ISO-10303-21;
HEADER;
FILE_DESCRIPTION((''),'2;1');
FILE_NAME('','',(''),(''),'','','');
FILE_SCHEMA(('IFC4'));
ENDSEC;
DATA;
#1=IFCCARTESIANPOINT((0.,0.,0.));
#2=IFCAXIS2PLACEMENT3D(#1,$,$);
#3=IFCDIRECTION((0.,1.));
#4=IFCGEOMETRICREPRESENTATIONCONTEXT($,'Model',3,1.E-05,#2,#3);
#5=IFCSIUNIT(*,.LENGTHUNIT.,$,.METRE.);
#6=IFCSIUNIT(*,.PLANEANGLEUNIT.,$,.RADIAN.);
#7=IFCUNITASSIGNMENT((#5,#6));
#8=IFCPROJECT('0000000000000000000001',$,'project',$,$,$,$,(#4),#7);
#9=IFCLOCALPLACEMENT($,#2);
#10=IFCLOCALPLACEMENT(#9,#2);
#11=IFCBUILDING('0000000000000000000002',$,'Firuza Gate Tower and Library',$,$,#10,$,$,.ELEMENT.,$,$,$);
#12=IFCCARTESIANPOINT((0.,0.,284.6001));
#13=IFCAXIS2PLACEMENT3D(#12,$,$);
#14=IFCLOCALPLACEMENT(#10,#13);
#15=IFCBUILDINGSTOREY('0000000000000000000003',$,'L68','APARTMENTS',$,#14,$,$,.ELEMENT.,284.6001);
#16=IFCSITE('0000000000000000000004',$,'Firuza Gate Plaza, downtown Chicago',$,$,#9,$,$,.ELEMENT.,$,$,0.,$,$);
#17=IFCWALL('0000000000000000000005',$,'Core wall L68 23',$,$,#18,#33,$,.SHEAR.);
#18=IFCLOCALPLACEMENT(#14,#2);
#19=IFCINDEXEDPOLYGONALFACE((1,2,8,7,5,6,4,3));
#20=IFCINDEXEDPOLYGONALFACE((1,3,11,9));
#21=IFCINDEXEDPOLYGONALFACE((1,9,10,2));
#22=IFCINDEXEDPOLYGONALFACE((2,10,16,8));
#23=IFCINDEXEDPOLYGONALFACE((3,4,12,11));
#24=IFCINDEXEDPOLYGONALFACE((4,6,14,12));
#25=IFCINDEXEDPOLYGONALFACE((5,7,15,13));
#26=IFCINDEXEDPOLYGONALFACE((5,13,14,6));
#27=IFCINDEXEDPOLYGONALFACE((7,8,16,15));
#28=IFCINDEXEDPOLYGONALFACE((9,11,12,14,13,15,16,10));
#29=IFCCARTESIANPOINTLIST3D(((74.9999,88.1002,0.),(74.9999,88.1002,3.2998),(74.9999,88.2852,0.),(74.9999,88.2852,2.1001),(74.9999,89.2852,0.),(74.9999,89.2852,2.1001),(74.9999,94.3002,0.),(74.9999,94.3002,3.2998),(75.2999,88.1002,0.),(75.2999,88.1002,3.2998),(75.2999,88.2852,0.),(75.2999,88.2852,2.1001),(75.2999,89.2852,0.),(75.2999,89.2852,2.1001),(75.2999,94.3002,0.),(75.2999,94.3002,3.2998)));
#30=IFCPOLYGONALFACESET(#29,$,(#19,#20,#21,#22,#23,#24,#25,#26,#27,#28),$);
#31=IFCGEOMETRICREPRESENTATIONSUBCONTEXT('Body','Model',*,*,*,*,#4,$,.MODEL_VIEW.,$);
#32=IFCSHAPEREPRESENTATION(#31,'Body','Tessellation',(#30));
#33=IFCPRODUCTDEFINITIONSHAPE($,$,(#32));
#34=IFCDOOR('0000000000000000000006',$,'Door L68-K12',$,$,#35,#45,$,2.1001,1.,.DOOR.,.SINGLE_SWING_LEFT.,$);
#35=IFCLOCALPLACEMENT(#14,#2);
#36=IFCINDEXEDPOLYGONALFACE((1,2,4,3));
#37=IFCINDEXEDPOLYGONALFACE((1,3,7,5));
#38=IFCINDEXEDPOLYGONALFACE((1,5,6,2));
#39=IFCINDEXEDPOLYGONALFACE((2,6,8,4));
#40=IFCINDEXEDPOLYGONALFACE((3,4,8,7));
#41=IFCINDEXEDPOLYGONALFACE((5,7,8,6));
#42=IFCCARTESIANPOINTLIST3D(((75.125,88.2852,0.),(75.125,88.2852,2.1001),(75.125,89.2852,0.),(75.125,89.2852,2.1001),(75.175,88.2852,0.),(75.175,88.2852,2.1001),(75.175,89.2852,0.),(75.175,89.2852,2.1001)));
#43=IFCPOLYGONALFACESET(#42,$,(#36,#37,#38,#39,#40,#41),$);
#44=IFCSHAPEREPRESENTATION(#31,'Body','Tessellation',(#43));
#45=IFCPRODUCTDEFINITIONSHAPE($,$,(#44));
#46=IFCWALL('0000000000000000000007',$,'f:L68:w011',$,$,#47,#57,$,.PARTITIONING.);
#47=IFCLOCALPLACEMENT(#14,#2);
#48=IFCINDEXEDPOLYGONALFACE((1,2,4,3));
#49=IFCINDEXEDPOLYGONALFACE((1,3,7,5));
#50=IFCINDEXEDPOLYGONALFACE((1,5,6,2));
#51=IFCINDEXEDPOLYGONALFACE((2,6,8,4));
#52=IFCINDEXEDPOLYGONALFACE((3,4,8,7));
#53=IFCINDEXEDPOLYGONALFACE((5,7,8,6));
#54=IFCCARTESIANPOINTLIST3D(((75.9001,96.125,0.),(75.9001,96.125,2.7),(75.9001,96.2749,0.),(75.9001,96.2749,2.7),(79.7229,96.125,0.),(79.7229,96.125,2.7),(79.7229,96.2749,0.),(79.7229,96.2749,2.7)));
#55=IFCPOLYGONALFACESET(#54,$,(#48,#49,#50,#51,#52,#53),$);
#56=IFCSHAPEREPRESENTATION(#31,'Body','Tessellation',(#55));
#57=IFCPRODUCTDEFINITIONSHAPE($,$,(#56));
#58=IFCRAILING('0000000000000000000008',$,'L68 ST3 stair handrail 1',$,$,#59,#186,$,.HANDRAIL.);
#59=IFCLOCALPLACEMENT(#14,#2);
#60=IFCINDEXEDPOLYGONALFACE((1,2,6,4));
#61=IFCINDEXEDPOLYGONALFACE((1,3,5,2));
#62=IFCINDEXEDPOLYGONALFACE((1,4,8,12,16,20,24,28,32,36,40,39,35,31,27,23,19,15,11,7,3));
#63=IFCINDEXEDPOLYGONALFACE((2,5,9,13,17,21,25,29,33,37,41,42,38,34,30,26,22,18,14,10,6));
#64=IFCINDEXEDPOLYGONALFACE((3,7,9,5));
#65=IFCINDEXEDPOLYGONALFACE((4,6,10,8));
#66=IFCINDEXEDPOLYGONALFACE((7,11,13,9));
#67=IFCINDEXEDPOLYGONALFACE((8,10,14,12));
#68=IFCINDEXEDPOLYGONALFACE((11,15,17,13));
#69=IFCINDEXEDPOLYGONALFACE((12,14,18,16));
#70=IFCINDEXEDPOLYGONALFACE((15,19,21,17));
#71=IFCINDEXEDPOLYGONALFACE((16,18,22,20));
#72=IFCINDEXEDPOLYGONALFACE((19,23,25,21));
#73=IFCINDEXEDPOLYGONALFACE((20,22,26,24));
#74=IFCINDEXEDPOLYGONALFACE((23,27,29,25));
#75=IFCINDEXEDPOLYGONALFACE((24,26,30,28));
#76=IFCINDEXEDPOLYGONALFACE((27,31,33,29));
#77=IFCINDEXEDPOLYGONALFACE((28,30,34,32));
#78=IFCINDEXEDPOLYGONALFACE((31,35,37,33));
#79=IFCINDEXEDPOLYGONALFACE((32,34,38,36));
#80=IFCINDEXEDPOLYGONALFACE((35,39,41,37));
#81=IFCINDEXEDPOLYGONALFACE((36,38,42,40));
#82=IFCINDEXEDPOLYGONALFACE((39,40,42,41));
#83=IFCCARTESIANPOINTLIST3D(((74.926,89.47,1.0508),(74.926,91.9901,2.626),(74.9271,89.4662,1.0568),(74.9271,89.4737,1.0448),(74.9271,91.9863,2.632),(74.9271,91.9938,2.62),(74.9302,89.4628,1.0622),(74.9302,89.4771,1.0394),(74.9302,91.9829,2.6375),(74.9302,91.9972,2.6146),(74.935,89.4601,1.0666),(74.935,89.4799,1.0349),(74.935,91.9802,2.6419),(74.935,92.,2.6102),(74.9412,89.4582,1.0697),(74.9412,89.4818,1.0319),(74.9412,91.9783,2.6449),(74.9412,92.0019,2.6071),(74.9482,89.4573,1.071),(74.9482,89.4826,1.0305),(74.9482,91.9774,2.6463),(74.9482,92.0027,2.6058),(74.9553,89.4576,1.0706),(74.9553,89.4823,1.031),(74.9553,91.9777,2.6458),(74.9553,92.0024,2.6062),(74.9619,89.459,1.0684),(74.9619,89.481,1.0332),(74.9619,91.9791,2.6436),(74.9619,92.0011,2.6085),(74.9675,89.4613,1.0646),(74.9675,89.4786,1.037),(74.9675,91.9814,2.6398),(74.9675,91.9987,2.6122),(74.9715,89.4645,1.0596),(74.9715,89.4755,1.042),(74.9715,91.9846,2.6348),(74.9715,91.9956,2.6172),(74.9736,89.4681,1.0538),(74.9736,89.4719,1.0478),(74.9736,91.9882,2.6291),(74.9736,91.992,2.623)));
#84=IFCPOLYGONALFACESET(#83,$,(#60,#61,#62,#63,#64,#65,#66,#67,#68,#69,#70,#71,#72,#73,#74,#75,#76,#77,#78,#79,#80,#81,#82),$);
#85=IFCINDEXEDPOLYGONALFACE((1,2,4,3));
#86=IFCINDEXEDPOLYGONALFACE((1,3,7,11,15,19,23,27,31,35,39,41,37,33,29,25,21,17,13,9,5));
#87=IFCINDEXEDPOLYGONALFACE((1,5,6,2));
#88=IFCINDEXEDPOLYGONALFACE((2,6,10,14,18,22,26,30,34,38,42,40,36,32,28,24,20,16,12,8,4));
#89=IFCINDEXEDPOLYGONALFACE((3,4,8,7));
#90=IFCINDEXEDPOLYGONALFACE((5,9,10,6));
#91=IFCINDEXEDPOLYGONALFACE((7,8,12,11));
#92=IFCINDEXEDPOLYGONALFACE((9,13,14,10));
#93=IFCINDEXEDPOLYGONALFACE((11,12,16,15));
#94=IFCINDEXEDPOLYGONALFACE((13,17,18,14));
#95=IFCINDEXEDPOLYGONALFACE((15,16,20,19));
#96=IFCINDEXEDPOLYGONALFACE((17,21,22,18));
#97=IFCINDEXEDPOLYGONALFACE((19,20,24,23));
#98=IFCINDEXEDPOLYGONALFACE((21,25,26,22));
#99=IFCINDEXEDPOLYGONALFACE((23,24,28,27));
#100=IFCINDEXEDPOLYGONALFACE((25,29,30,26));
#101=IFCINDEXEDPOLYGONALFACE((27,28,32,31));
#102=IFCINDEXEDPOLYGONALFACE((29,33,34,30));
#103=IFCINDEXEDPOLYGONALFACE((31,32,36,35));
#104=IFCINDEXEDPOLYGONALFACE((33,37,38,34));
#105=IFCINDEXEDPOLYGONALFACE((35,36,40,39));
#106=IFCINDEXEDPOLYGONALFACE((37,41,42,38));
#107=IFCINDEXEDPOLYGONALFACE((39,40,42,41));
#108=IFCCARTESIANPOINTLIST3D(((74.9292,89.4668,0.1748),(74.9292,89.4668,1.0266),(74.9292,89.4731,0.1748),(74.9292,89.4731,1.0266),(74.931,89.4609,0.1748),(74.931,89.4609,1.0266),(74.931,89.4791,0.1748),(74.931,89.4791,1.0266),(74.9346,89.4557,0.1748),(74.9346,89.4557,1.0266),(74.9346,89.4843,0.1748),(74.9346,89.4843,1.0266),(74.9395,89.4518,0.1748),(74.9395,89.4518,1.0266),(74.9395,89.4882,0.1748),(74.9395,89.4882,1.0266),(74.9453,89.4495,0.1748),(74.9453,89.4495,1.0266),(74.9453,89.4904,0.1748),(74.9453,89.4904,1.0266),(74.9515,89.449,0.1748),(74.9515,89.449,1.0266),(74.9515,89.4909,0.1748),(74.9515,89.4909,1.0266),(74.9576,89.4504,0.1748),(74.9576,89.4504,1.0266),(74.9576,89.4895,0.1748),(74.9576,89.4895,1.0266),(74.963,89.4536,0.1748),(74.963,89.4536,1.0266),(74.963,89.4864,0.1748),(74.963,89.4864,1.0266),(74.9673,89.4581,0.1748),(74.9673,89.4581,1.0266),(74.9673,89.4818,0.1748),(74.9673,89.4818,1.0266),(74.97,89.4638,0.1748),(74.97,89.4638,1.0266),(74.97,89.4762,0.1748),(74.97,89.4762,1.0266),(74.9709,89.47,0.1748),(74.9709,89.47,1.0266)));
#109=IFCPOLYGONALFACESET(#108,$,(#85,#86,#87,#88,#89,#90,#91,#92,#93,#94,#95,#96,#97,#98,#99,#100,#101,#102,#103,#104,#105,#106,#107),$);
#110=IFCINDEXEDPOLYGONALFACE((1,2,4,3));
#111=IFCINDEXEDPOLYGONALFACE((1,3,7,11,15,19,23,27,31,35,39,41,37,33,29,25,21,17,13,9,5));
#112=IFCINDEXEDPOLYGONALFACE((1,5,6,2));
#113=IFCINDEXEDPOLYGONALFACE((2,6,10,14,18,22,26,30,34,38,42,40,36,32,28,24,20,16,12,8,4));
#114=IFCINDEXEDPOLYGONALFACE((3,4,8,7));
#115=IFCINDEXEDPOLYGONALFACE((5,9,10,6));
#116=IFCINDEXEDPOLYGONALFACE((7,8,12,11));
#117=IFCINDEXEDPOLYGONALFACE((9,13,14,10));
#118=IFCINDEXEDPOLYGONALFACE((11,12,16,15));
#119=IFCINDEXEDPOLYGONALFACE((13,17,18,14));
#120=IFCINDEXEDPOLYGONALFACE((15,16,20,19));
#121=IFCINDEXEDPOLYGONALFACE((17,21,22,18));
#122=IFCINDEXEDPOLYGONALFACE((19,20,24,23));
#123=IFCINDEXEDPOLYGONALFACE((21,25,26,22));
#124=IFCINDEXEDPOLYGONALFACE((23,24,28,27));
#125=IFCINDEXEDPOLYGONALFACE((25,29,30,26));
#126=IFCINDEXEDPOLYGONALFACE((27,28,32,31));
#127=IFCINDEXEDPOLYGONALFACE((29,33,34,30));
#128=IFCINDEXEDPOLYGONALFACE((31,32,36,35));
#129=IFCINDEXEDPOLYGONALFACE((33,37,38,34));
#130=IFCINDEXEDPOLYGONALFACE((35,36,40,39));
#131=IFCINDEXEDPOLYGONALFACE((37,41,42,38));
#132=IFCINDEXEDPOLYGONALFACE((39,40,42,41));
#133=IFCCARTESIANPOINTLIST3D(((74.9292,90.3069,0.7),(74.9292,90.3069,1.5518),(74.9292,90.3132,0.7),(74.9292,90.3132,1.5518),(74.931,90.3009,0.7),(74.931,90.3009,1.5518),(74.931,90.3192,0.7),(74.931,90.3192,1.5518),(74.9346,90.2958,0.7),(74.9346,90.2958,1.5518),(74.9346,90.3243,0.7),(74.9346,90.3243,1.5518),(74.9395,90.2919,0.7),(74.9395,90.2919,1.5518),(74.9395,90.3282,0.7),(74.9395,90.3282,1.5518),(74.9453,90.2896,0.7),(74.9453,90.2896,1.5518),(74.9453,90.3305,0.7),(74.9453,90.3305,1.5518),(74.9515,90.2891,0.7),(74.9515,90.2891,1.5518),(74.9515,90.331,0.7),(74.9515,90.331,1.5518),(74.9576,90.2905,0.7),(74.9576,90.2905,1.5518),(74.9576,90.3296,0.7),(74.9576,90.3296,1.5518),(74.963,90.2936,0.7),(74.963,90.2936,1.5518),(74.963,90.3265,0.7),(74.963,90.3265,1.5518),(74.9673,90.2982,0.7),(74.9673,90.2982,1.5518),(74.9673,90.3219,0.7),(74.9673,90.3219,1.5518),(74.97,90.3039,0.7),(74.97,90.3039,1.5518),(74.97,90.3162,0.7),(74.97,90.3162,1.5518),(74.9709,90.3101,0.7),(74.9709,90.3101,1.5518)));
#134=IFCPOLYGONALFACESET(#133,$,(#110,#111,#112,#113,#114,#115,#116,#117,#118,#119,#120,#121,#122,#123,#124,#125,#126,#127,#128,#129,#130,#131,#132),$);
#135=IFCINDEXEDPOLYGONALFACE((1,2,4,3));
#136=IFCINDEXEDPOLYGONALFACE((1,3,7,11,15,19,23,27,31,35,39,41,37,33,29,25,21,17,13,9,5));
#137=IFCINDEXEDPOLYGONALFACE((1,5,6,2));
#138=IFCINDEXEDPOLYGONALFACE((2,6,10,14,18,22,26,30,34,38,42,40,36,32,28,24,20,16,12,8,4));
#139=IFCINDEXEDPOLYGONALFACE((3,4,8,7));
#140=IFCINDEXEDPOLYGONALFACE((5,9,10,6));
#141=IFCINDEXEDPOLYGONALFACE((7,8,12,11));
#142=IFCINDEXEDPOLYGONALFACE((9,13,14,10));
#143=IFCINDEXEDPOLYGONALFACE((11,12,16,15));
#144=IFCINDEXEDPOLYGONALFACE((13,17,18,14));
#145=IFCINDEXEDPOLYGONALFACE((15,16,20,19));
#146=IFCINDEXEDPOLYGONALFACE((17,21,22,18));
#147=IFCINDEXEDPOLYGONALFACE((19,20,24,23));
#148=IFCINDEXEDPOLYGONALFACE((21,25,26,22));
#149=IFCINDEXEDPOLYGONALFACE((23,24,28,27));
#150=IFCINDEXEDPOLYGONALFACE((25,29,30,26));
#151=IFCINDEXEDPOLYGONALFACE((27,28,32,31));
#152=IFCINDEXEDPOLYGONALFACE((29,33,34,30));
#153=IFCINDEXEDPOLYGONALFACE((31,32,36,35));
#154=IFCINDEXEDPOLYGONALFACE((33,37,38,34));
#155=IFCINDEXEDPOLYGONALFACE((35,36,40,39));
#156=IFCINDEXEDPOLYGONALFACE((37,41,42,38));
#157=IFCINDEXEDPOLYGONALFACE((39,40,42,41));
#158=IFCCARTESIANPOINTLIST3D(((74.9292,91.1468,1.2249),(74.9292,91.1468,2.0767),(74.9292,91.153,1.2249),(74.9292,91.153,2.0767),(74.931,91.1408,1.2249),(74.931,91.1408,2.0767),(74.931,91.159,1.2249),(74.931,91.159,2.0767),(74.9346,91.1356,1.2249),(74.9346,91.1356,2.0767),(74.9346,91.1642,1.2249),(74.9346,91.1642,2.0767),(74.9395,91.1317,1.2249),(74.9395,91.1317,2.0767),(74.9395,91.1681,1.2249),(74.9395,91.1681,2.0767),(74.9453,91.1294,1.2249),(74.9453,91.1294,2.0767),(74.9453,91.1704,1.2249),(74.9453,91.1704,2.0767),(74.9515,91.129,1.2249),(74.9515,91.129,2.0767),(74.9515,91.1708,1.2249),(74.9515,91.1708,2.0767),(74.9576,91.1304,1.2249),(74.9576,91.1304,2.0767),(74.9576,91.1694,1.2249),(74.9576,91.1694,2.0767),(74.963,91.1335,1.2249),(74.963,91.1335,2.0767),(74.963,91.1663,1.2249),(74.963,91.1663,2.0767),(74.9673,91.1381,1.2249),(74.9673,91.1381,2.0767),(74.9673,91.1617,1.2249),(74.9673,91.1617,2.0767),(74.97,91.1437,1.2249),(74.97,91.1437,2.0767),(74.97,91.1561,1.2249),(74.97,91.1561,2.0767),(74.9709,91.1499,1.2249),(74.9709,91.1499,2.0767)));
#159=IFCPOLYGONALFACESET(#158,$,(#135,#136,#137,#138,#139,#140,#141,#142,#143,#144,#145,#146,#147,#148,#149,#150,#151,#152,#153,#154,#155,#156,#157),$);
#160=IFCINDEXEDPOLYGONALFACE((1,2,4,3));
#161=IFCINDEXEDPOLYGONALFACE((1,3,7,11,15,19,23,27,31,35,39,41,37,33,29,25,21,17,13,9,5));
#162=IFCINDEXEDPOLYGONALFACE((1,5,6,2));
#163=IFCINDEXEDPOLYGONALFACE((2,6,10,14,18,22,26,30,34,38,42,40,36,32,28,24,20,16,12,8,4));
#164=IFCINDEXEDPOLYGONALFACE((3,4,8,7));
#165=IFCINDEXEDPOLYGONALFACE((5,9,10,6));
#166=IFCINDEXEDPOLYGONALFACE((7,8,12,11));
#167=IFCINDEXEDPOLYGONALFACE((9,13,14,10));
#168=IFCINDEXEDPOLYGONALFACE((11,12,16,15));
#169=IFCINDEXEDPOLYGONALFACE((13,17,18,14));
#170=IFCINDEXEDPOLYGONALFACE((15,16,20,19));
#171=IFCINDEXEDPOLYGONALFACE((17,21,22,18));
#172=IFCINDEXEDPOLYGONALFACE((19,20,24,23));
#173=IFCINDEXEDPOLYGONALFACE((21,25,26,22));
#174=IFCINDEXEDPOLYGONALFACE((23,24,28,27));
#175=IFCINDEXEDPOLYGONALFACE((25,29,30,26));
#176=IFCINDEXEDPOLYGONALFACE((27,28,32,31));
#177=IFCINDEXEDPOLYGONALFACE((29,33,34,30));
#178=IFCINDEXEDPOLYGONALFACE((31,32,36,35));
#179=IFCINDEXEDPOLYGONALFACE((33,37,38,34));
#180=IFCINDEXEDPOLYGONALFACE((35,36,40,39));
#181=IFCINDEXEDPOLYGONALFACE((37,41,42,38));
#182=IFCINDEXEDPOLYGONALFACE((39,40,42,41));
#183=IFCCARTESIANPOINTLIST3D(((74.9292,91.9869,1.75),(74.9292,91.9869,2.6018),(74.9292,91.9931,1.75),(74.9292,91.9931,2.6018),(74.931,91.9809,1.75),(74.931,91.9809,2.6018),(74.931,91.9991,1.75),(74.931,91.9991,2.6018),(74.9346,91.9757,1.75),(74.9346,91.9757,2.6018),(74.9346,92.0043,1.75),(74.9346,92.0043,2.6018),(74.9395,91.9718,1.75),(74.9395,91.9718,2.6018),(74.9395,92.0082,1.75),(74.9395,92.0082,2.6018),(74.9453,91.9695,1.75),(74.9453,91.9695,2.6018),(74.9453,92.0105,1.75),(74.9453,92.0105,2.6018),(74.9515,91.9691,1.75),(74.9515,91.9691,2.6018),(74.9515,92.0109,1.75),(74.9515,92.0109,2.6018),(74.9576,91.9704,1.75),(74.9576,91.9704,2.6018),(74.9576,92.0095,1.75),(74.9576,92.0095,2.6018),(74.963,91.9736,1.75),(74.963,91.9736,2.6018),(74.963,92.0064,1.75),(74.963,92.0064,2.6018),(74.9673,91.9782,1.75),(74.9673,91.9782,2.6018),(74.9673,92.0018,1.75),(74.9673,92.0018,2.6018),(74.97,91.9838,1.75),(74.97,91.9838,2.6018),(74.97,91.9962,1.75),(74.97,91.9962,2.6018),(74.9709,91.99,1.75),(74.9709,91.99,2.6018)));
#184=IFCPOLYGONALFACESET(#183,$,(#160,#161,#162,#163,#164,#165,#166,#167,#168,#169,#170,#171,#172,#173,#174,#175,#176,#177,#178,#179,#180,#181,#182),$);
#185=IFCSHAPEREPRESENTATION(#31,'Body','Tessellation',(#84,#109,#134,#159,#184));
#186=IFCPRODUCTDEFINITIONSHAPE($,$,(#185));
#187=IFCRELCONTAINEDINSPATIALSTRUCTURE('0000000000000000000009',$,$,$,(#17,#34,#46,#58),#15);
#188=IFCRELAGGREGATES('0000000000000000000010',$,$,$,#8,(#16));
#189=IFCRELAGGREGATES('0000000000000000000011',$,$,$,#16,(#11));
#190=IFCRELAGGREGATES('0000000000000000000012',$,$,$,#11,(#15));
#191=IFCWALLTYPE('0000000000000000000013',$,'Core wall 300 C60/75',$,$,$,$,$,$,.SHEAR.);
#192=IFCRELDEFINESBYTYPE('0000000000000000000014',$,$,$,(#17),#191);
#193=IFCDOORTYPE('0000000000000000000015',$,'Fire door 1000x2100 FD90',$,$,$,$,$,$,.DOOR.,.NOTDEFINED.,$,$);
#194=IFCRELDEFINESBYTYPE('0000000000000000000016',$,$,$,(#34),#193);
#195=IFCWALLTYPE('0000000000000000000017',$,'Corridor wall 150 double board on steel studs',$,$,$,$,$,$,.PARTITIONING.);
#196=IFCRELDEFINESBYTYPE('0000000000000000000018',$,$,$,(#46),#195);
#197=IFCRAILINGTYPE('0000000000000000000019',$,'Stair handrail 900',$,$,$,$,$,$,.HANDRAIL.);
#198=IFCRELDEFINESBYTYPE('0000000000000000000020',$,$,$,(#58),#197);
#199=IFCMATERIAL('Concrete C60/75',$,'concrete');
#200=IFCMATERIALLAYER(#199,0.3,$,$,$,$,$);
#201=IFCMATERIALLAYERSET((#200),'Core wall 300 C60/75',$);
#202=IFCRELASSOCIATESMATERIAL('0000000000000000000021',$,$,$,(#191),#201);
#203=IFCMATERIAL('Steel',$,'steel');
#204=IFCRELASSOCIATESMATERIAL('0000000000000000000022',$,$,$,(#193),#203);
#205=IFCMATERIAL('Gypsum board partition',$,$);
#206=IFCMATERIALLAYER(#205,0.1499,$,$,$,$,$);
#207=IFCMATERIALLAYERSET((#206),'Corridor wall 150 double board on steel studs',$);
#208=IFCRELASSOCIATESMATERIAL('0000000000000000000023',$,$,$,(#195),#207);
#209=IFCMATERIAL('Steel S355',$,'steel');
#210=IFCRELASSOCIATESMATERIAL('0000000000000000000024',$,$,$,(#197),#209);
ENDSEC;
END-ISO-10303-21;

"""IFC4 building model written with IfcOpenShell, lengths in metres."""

from ifc_helpers import new_model, si_unit, direction, frame, frame_2d, origin, origin_2d, place, context, subcontext, project, spatial, rectangle, circle, extrude, material, layer, layer_set, type_object, element, fill, save


model = new_model("IFC4")

# Units and contexts
model_context = context("Model", 3, precision=1e-05, world=origin(), true_north=direction((0.0, 1.0)))
body_context = subcontext(model_context, "Body", "Model", "MODEL_VIEW")
ifc_project = project(units=[si_unit("LENGTHUNIT", "METRE"), si_unit("PLANEANGLEUNIT", "RADIAN")], contexts=[model_context])

# Site, building, storey
site_placement = place(None, origin())
site = spatial("IfcSite", under=ifc_project, at=site_placement, Name="Firuza Gate Plaza, downtown Chicago", CompositionType="ELEMENT", RefElevation=0.0)
building_placement = place(site_placement, origin())
building = spatial("IfcBuilding", under=site, at=building_placement, Name="Firuza Gate Tower and Library", CompositionType="ELEMENT")
storey_placement = place(building_placement, frame((0.0, 0.0, 284.6001)))
storey = spatial("IfcBuildingStorey", under=building, at=storey_placement, Name="L68", Description="APARTMENTS", CompositionType="ELEMENT", Elevation=284.6001)

# Shared definitions
ifc_material_1 = material(Name="Concrete C60/75", Category="concrete")
ifc_layer_1 = layer(ifc_material_1, 0.3)
ifc_layer_set_1 = layer_set([ifc_layer_1], Name="Core wall 300 C60/75")
wall_type_1 = type_object("IfcWallType", Name="Core wall 300 C60/75", PredefinedType="SHEAR", material=ifc_layer_set_1)

# Wall, opening, door
wall_1_placement = place(storey_placement, frame((75.1499, 88.1001, 0.0), z_axis=(0.0, 0.0, 1.0), x_axis=(0.0, 1.0, 0.0)))
wall_1 = element("IfcWall", 1, at=wall_1_placement, inside=storey, type_object=wall_type_1, Name="Core wall L68 23", PredefinedType="SHEAR", context=body_context, shape_type="SweptSolid", body=[
    extrude(rectangle(XDim=6.2, YDim=0.3, at=frame_2d((3.1001, 0.0))), origin(), (0.0, 0.0, 1.0), 3.2998),
])
opening_1_placement = place(wall_1_placement, frame((0.1851, 0.0, 0.0)))
opening_1 = element("IfcOpeningElement", 2, at=opening_1_placement, cuts=wall_1, PredefinedType="OPENING", context=body_context, shape_type="SweptSolid", body=[
    extrude(rectangle(XDim=1.0, YDim=2.1001, at=frame_2d((0.5, 1.05))), frame((0.0, 0.1602, 0.0), z_axis=(0.0, -1.0, 0.0), x_axis=(1.0, 0.0, 0.0)), (0.0, 0.0, 1.0), 0.3201),
])
ifc_material_2 = material(Name="Steel", Category="steel")
door_type_1 = type_object("IfcDoorType", Name="Fire door 1000x2100 FD90", OperationType="NOTDEFINED", PredefinedType="DOOR", material=ifc_material_2)
door_1_placement = place(opening_1_placement, origin())
door_1 = element("IfcDoor", 3, at=door_1_placement, inside=storey, type_object=door_type_1, Name="Door L68-K12", OperationType="SINGLE_SWING_LEFT", OverallHeight=2.1001, OverallWidth=1.0, PredefinedType="DOOR", context=body_context, shape_type="SweptSolid", body=[
    extrude(rectangle(XDim=1.0, YDim=2.1001, at=frame_2d((0.5, 1.05))), frame((0.0, 0.0249, 0.0), z_axis=(0.0, -1.0, 0.0), x_axis=(1.0, 0.0, 0.0)), (0.0, 0.0, 1.0), 0.05),
])
fill(opening_1, door_1)

# Wall
ifc_material_3 = material(Name="Gypsum board partition")
ifc_layer_2 = layer(ifc_material_3, 0.1499)
ifc_layer_set_2 = layer_set([ifc_layer_2], Name="Corridor wall 150 double board on steel studs")
wall_type_2 = type_object("IfcWallType", Name="Corridor wall 150 double board on steel studs", PredefinedType="PARTITIONING", material=ifc_layer_set_2)
wall_2_placement = place(storey_placement, frame((75.9001, 96.2, 0.0), z_axis=(0.0, 0.0, 1.0), x_axis=(1.0, 0.0, 0.0)))
element("IfcWall", 4, at=wall_2_placement, inside=storey, type_object=wall_type_2, Name="f:L68:w011", PredefinedType="PARTITIONING", context=body_context, shape_type="SweptSolid", body=[
    extrude(rectangle(XDim=3.8228, YDim=0.1499, at=frame_2d((1.9114, 0.0))), origin(), (0.0, 0.0, 1.0), 2.7),
])

# Railing
ifc_material_4 = material(Name="Steel S355", Category="steel")
railing_type = type_object("IfcRailingType", Name="Stair handrail 900", PredefinedType="HANDRAIL", material=ifc_material_4)
railing_placement = place(storey_placement, frame((74.95, 89.47, 0.1748)))
element("IfcRailing", 5, at=railing_placement, inside=storey, type_object=railing_type, Name="L68 ST3 stair handrail 1", PredefinedType="HANDRAIL", context=body_context, shape_type="SweptSolid", body=[
    extrude(circle(Radius=0.0239, at=origin_2d()), frame((0.0, 0.0, 0.876), z_axis=(0.0, 0.847971, 0.530043), x_axis=(-1.0, 0.0, 0.0)), (0.0, 0.0, 1.0), 2.9719),
    extrude(circle(Radius=0.021, at=origin_2d()), origin(), (0.0, 0.0, 1.0), 0.8518),
    extrude(circle(Radius=0.021, at=origin_2d()), frame((0.0, 0.8401, 0.5251)), (0.0, 0.0, 1.0), 0.8518),
    extrude(circle(Radius=0.021, at=origin_2d()), frame((0.0, 1.6799, 1.05)), (0.0, 0.0, 1.0), 0.8518),
    extrude(circle(Radius=0.021, at=origin_2d()), frame((0.0, 2.52, 1.5752)), (0.0, 0.0, 1.0), 0.8518),
])

save(model, "model.ifc")
